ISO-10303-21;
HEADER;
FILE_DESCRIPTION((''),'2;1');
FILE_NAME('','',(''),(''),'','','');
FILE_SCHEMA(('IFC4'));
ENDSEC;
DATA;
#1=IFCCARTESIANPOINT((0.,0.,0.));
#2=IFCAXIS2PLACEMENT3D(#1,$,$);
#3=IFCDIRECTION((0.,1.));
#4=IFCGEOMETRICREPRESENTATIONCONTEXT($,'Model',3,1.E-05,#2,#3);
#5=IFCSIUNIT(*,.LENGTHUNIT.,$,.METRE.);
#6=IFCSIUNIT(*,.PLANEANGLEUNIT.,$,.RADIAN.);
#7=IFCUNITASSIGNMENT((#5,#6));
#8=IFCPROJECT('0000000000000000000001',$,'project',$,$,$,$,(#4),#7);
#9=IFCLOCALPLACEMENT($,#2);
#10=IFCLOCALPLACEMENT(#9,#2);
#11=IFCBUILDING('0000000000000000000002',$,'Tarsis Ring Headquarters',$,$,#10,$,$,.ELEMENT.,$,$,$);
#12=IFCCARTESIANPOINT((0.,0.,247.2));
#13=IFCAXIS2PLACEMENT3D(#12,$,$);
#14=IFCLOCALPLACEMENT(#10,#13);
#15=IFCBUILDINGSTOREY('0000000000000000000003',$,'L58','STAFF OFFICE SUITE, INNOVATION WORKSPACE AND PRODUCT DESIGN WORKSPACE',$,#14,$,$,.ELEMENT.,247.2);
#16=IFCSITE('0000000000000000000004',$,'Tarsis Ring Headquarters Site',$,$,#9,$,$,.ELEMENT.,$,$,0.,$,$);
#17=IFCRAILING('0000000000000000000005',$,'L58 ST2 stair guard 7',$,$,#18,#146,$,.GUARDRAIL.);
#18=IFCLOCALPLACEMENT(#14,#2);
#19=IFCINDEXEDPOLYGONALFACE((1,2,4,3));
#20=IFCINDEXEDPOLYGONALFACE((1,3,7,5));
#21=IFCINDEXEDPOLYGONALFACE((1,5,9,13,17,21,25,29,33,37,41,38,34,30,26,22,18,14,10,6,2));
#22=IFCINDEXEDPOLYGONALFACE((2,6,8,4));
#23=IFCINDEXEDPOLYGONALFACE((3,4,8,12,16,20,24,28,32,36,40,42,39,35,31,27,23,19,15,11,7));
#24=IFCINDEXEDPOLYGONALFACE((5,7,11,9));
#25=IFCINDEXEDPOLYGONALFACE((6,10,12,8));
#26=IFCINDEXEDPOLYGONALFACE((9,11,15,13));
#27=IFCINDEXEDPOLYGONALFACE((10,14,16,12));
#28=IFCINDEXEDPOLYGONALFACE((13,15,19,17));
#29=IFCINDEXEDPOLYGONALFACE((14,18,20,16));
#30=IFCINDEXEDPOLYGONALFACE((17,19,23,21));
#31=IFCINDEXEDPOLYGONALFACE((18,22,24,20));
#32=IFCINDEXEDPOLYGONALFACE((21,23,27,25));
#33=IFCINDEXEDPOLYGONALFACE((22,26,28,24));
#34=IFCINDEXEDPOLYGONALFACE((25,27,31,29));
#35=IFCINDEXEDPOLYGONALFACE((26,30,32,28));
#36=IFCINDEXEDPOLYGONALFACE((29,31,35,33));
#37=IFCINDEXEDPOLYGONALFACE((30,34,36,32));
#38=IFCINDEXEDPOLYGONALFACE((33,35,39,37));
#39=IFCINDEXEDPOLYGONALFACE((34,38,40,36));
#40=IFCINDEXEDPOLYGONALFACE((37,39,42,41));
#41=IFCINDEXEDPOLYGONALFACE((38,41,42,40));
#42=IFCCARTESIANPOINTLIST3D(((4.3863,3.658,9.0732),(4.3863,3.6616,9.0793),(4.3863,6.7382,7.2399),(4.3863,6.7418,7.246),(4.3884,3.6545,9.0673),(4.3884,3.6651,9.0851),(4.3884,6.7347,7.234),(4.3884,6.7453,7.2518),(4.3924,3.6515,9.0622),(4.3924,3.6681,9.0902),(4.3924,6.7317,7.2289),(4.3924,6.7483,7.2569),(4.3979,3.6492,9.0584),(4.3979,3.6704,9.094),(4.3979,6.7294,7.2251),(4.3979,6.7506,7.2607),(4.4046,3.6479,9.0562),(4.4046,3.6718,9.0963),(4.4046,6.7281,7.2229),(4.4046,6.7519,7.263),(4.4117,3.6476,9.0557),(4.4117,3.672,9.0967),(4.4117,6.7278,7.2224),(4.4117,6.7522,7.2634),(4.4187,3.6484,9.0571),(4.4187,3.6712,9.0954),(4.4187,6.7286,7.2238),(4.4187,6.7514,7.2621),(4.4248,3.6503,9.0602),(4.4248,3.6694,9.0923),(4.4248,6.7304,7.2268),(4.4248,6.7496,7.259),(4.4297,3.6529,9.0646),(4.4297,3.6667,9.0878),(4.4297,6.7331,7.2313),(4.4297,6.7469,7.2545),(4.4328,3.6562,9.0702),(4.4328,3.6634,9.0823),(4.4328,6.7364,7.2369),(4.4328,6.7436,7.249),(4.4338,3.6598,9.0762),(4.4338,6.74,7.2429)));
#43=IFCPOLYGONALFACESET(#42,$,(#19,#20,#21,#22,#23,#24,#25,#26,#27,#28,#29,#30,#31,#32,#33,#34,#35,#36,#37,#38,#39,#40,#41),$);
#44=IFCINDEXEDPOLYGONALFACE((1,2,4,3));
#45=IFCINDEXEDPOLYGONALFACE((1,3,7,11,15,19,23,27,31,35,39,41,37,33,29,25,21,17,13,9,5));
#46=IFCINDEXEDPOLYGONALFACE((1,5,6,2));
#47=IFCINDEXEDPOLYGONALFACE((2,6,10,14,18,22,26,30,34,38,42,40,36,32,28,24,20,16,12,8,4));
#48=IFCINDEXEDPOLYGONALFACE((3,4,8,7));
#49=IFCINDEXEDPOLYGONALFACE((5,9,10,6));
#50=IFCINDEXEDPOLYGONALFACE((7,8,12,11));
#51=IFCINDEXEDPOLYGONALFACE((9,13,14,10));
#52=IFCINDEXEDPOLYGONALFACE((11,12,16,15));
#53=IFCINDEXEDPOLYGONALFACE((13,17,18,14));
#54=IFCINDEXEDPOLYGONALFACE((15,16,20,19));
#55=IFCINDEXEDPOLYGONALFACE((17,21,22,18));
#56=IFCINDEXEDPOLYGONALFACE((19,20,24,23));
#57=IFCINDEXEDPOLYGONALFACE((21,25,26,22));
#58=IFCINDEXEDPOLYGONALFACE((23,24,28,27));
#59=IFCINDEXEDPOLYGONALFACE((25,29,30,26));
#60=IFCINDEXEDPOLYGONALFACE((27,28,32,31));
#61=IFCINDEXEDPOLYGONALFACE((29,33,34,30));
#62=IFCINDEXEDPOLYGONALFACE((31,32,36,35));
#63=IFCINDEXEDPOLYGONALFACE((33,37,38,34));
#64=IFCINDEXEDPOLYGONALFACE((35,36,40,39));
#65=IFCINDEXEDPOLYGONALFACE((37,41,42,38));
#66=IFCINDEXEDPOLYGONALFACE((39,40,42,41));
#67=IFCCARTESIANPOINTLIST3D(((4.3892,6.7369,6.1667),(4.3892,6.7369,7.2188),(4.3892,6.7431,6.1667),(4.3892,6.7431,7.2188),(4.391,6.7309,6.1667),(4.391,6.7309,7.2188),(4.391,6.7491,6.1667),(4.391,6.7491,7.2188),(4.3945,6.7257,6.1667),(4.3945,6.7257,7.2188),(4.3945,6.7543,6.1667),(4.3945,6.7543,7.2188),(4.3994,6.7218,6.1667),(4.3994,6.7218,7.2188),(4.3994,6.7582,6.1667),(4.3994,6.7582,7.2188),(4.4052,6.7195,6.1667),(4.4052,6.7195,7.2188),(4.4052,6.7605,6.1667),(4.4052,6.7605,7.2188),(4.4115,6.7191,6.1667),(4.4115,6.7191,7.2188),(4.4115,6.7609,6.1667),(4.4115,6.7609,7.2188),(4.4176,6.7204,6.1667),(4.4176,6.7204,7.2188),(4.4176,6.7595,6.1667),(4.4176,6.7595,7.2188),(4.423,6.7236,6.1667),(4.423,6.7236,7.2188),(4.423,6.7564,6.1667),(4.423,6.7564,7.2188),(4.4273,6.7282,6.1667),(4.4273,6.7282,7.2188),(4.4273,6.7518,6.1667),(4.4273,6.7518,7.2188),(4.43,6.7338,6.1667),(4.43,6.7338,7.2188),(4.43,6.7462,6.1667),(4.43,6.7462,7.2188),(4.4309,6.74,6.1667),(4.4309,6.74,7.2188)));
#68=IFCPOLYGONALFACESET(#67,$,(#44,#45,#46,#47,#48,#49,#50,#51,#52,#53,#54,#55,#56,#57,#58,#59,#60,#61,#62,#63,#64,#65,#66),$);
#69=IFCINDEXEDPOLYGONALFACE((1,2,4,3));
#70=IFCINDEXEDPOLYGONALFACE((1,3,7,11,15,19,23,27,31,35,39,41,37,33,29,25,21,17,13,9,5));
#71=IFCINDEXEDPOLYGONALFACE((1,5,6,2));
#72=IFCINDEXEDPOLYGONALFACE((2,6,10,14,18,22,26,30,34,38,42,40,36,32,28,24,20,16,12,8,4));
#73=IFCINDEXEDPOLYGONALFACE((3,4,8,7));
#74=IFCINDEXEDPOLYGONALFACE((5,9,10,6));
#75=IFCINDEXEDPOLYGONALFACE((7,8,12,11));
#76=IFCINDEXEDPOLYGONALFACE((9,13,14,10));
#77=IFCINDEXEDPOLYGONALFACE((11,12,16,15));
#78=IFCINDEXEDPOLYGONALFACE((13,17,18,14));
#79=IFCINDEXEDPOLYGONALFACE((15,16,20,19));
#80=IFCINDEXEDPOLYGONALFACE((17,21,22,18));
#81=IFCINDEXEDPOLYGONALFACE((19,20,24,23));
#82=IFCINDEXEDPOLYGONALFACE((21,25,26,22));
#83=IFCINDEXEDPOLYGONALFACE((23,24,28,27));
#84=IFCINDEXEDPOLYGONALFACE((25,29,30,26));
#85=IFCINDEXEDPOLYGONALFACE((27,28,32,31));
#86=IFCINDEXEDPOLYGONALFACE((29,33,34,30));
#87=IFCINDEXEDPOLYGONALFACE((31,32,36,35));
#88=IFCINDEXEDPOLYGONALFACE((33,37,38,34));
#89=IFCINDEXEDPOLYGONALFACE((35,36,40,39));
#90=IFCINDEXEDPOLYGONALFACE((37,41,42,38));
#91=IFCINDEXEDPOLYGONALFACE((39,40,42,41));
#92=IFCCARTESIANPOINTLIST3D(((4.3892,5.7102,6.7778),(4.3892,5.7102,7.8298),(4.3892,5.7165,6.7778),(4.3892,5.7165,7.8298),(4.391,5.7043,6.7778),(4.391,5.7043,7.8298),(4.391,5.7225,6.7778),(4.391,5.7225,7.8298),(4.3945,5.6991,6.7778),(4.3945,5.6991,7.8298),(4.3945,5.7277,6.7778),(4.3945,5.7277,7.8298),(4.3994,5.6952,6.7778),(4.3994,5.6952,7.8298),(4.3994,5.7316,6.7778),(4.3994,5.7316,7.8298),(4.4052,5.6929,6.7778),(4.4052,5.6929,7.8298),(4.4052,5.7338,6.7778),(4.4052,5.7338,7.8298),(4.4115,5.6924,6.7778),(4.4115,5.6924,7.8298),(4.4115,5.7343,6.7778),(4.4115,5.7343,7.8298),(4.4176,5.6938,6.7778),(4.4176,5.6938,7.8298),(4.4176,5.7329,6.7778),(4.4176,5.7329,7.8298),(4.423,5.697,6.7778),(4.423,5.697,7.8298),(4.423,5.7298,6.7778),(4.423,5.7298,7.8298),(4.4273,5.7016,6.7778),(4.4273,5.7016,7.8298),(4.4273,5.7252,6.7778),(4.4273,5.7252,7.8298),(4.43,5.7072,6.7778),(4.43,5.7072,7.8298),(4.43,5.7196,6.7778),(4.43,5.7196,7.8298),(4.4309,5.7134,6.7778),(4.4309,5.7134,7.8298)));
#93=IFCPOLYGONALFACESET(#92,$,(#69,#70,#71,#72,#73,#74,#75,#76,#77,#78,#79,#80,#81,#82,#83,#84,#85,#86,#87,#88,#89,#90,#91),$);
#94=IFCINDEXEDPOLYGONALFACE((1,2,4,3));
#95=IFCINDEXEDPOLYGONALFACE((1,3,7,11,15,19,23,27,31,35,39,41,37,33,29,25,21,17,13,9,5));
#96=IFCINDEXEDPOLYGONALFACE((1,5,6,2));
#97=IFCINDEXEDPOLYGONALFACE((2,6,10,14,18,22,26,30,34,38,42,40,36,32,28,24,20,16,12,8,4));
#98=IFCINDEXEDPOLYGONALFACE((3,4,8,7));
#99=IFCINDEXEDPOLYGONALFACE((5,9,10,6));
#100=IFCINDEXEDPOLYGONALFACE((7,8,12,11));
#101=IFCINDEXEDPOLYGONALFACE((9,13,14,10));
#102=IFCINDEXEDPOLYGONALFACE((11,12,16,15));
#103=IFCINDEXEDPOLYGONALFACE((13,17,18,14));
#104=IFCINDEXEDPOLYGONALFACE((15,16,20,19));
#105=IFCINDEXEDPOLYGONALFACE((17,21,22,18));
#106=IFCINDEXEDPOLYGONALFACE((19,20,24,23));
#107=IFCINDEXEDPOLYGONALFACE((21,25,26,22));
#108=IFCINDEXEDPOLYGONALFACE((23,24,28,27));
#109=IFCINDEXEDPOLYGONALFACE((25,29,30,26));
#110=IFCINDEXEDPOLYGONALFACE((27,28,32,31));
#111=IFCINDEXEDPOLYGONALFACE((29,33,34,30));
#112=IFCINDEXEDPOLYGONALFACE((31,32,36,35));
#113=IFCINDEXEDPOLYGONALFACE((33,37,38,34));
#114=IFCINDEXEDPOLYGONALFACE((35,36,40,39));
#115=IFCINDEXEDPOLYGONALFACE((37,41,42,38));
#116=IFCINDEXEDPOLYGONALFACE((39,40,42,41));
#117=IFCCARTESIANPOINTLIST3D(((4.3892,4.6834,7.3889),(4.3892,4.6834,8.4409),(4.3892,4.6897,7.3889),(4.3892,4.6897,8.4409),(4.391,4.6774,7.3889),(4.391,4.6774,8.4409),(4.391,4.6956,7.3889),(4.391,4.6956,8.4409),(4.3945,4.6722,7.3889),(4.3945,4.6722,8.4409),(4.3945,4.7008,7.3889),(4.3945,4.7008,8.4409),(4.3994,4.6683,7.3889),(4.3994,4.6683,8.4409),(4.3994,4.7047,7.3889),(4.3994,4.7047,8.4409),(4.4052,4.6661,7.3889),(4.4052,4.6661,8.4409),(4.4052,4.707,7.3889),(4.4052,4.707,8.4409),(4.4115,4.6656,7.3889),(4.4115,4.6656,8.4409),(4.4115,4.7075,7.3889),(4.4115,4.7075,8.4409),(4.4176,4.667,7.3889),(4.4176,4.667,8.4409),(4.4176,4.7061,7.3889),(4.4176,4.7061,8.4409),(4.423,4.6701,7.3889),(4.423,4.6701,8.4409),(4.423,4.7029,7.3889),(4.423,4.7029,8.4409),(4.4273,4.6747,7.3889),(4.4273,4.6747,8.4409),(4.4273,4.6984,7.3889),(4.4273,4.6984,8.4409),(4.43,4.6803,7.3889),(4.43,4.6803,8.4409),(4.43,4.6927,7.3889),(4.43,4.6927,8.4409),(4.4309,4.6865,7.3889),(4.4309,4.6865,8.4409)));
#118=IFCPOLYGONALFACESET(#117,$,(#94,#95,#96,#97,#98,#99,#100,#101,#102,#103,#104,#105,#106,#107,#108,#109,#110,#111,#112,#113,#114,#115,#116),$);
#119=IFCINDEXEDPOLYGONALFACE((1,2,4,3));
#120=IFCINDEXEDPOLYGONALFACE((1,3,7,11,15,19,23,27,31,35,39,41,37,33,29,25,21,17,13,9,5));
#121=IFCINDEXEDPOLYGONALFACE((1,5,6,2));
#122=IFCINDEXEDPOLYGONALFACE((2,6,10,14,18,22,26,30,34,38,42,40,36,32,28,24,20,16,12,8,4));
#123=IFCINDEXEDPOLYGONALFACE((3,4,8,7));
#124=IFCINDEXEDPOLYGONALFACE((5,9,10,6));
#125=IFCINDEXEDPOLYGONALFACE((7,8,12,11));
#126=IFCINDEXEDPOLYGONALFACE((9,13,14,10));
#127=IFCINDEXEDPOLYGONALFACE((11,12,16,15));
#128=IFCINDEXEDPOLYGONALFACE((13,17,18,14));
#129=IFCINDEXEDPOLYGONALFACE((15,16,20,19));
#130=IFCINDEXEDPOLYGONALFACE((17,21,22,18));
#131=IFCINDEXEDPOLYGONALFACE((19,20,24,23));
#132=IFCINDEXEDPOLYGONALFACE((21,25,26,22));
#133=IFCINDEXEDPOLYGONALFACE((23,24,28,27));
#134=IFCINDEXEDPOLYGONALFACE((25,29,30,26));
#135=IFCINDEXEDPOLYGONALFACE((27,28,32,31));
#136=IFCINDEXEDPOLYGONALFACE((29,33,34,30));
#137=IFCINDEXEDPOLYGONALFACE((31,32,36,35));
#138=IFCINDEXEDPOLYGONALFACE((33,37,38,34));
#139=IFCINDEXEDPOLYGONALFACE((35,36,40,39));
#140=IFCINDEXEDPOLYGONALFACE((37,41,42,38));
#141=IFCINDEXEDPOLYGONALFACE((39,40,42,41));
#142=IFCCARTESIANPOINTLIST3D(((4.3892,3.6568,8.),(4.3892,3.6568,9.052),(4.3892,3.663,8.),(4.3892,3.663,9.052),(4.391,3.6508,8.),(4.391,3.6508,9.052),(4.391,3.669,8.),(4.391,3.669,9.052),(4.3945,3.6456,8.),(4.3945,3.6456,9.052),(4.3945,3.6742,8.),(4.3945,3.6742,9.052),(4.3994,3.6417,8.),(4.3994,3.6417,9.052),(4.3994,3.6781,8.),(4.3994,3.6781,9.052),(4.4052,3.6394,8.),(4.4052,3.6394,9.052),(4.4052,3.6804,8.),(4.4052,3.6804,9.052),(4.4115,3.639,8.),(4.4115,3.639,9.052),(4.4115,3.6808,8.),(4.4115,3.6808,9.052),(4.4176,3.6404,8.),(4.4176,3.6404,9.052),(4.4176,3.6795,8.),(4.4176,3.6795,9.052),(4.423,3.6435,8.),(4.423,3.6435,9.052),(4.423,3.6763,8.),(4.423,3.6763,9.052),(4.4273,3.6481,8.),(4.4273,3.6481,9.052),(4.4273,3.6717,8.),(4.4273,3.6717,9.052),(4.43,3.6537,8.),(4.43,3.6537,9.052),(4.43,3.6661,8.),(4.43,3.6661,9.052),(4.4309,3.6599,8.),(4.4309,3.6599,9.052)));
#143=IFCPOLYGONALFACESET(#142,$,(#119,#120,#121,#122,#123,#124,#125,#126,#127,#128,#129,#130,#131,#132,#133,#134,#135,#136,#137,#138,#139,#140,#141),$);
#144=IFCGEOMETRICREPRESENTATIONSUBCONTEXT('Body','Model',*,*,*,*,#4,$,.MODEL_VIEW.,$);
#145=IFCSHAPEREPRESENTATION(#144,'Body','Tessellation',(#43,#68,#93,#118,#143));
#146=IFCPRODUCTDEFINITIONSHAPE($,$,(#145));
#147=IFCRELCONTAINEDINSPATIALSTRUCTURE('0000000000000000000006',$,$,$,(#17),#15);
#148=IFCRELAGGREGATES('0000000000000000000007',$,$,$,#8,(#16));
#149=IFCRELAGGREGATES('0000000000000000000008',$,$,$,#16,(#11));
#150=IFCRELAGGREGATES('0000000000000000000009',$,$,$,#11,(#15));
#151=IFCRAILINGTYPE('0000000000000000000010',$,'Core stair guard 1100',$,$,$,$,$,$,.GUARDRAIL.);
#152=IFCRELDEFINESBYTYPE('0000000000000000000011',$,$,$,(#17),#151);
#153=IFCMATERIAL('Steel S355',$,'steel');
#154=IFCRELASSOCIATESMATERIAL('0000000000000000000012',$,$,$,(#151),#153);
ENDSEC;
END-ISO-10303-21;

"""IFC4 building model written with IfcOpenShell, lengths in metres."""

from ifc_helpers import new_model, si_unit, direction, frame, origin, origin_2d, place, context, subcontext, project, spatial, circle, extrude, material, type_object, element, save


model = new_model("IFC4")

# Units and contexts
model_context = context("Model", 3, precision=1e-05, world=origin(), true_north=direction((0.0, 1.0)))
body_context = subcontext(model_context, "Body", "Model", "MODEL_VIEW")
ifc_project = project(units=[si_unit("LENGTHUNIT", "METRE"), si_unit("PLANEANGLEUNIT", "RADIAN")], contexts=[model_context])

# Site, building, storey
site_placement = place(None, origin())
site = spatial("IfcSite", under=ifc_project, at=site_placement, Name="Tarsis Ring Headquarters Site", CompositionType="ELEMENT", RefElevation=0.0)
building_placement = place(site_placement, origin())
building = spatial("IfcBuilding", under=site, at=building_placement, Name="Tarsis Ring Headquarters", CompositionType="ELEMENT")
storey_placement = place(building_placement, frame((0.0, 0.0, 247.2)))
storey = spatial("IfcBuildingStorey", under=building, at=storey_placement, Name="L58", Description="STAFF OFFICE SUITE, INNOVATION WORKSPACE AND PRODUCT DESIGN WORKSPACE", CompositionType="ELEMENT", Elevation=247.2)

# Railing
ifc_material_1 = material(Name="Steel S355", Category="steel")
railing_type_1 = type_object("IfcRailingType", Name="Core stair guard 1100", PredefinedType="GUARDRAIL", material=ifc_material_1)
railing_1_placement = place(storey_placement, frame((4.4099, 6.74, 6.1667)))
element("IfcRailing", 1, at=railing_1_placement, inside=storey, type_object=railing_type_1, Name="L58 ST2 stair guard 7", PredefinedType="GUARDRAIL", context=body_context, shape_type="SweptSolid", body=[
    extrude(circle(Radius=0.0239, at=origin_2d()), frame((0.0, 0.0, 1.0762), z_axis=(0.0, -0.859309, 0.511458), x_axis=(1.0, 0.0, 0.0)), (0.0, 0.0, 1.0), 3.5845),
    extrude(circle(Radius=0.021, at=origin_2d()), origin(), (0.0, 0.0, 1.0), 1.052),
    extrude(circle(Radius=0.021, at=origin_2d()), frame((0.0, -1.0266, 0.6111)), (0.0, 0.0, 1.0), 1.052),
    extrude(circle(Radius=0.021, at=origin_2d()), frame((0.0, -2.0535, 1.2222)), (0.0, 0.0, 1.0), 1.052),
    extrude(circle(Radius=0.021, at=origin_2d()), frame((0.0, -3.0801, 1.8333)), (0.0, 0.0, 1.0), 1.052),
])

save(model, "model.ifc")
